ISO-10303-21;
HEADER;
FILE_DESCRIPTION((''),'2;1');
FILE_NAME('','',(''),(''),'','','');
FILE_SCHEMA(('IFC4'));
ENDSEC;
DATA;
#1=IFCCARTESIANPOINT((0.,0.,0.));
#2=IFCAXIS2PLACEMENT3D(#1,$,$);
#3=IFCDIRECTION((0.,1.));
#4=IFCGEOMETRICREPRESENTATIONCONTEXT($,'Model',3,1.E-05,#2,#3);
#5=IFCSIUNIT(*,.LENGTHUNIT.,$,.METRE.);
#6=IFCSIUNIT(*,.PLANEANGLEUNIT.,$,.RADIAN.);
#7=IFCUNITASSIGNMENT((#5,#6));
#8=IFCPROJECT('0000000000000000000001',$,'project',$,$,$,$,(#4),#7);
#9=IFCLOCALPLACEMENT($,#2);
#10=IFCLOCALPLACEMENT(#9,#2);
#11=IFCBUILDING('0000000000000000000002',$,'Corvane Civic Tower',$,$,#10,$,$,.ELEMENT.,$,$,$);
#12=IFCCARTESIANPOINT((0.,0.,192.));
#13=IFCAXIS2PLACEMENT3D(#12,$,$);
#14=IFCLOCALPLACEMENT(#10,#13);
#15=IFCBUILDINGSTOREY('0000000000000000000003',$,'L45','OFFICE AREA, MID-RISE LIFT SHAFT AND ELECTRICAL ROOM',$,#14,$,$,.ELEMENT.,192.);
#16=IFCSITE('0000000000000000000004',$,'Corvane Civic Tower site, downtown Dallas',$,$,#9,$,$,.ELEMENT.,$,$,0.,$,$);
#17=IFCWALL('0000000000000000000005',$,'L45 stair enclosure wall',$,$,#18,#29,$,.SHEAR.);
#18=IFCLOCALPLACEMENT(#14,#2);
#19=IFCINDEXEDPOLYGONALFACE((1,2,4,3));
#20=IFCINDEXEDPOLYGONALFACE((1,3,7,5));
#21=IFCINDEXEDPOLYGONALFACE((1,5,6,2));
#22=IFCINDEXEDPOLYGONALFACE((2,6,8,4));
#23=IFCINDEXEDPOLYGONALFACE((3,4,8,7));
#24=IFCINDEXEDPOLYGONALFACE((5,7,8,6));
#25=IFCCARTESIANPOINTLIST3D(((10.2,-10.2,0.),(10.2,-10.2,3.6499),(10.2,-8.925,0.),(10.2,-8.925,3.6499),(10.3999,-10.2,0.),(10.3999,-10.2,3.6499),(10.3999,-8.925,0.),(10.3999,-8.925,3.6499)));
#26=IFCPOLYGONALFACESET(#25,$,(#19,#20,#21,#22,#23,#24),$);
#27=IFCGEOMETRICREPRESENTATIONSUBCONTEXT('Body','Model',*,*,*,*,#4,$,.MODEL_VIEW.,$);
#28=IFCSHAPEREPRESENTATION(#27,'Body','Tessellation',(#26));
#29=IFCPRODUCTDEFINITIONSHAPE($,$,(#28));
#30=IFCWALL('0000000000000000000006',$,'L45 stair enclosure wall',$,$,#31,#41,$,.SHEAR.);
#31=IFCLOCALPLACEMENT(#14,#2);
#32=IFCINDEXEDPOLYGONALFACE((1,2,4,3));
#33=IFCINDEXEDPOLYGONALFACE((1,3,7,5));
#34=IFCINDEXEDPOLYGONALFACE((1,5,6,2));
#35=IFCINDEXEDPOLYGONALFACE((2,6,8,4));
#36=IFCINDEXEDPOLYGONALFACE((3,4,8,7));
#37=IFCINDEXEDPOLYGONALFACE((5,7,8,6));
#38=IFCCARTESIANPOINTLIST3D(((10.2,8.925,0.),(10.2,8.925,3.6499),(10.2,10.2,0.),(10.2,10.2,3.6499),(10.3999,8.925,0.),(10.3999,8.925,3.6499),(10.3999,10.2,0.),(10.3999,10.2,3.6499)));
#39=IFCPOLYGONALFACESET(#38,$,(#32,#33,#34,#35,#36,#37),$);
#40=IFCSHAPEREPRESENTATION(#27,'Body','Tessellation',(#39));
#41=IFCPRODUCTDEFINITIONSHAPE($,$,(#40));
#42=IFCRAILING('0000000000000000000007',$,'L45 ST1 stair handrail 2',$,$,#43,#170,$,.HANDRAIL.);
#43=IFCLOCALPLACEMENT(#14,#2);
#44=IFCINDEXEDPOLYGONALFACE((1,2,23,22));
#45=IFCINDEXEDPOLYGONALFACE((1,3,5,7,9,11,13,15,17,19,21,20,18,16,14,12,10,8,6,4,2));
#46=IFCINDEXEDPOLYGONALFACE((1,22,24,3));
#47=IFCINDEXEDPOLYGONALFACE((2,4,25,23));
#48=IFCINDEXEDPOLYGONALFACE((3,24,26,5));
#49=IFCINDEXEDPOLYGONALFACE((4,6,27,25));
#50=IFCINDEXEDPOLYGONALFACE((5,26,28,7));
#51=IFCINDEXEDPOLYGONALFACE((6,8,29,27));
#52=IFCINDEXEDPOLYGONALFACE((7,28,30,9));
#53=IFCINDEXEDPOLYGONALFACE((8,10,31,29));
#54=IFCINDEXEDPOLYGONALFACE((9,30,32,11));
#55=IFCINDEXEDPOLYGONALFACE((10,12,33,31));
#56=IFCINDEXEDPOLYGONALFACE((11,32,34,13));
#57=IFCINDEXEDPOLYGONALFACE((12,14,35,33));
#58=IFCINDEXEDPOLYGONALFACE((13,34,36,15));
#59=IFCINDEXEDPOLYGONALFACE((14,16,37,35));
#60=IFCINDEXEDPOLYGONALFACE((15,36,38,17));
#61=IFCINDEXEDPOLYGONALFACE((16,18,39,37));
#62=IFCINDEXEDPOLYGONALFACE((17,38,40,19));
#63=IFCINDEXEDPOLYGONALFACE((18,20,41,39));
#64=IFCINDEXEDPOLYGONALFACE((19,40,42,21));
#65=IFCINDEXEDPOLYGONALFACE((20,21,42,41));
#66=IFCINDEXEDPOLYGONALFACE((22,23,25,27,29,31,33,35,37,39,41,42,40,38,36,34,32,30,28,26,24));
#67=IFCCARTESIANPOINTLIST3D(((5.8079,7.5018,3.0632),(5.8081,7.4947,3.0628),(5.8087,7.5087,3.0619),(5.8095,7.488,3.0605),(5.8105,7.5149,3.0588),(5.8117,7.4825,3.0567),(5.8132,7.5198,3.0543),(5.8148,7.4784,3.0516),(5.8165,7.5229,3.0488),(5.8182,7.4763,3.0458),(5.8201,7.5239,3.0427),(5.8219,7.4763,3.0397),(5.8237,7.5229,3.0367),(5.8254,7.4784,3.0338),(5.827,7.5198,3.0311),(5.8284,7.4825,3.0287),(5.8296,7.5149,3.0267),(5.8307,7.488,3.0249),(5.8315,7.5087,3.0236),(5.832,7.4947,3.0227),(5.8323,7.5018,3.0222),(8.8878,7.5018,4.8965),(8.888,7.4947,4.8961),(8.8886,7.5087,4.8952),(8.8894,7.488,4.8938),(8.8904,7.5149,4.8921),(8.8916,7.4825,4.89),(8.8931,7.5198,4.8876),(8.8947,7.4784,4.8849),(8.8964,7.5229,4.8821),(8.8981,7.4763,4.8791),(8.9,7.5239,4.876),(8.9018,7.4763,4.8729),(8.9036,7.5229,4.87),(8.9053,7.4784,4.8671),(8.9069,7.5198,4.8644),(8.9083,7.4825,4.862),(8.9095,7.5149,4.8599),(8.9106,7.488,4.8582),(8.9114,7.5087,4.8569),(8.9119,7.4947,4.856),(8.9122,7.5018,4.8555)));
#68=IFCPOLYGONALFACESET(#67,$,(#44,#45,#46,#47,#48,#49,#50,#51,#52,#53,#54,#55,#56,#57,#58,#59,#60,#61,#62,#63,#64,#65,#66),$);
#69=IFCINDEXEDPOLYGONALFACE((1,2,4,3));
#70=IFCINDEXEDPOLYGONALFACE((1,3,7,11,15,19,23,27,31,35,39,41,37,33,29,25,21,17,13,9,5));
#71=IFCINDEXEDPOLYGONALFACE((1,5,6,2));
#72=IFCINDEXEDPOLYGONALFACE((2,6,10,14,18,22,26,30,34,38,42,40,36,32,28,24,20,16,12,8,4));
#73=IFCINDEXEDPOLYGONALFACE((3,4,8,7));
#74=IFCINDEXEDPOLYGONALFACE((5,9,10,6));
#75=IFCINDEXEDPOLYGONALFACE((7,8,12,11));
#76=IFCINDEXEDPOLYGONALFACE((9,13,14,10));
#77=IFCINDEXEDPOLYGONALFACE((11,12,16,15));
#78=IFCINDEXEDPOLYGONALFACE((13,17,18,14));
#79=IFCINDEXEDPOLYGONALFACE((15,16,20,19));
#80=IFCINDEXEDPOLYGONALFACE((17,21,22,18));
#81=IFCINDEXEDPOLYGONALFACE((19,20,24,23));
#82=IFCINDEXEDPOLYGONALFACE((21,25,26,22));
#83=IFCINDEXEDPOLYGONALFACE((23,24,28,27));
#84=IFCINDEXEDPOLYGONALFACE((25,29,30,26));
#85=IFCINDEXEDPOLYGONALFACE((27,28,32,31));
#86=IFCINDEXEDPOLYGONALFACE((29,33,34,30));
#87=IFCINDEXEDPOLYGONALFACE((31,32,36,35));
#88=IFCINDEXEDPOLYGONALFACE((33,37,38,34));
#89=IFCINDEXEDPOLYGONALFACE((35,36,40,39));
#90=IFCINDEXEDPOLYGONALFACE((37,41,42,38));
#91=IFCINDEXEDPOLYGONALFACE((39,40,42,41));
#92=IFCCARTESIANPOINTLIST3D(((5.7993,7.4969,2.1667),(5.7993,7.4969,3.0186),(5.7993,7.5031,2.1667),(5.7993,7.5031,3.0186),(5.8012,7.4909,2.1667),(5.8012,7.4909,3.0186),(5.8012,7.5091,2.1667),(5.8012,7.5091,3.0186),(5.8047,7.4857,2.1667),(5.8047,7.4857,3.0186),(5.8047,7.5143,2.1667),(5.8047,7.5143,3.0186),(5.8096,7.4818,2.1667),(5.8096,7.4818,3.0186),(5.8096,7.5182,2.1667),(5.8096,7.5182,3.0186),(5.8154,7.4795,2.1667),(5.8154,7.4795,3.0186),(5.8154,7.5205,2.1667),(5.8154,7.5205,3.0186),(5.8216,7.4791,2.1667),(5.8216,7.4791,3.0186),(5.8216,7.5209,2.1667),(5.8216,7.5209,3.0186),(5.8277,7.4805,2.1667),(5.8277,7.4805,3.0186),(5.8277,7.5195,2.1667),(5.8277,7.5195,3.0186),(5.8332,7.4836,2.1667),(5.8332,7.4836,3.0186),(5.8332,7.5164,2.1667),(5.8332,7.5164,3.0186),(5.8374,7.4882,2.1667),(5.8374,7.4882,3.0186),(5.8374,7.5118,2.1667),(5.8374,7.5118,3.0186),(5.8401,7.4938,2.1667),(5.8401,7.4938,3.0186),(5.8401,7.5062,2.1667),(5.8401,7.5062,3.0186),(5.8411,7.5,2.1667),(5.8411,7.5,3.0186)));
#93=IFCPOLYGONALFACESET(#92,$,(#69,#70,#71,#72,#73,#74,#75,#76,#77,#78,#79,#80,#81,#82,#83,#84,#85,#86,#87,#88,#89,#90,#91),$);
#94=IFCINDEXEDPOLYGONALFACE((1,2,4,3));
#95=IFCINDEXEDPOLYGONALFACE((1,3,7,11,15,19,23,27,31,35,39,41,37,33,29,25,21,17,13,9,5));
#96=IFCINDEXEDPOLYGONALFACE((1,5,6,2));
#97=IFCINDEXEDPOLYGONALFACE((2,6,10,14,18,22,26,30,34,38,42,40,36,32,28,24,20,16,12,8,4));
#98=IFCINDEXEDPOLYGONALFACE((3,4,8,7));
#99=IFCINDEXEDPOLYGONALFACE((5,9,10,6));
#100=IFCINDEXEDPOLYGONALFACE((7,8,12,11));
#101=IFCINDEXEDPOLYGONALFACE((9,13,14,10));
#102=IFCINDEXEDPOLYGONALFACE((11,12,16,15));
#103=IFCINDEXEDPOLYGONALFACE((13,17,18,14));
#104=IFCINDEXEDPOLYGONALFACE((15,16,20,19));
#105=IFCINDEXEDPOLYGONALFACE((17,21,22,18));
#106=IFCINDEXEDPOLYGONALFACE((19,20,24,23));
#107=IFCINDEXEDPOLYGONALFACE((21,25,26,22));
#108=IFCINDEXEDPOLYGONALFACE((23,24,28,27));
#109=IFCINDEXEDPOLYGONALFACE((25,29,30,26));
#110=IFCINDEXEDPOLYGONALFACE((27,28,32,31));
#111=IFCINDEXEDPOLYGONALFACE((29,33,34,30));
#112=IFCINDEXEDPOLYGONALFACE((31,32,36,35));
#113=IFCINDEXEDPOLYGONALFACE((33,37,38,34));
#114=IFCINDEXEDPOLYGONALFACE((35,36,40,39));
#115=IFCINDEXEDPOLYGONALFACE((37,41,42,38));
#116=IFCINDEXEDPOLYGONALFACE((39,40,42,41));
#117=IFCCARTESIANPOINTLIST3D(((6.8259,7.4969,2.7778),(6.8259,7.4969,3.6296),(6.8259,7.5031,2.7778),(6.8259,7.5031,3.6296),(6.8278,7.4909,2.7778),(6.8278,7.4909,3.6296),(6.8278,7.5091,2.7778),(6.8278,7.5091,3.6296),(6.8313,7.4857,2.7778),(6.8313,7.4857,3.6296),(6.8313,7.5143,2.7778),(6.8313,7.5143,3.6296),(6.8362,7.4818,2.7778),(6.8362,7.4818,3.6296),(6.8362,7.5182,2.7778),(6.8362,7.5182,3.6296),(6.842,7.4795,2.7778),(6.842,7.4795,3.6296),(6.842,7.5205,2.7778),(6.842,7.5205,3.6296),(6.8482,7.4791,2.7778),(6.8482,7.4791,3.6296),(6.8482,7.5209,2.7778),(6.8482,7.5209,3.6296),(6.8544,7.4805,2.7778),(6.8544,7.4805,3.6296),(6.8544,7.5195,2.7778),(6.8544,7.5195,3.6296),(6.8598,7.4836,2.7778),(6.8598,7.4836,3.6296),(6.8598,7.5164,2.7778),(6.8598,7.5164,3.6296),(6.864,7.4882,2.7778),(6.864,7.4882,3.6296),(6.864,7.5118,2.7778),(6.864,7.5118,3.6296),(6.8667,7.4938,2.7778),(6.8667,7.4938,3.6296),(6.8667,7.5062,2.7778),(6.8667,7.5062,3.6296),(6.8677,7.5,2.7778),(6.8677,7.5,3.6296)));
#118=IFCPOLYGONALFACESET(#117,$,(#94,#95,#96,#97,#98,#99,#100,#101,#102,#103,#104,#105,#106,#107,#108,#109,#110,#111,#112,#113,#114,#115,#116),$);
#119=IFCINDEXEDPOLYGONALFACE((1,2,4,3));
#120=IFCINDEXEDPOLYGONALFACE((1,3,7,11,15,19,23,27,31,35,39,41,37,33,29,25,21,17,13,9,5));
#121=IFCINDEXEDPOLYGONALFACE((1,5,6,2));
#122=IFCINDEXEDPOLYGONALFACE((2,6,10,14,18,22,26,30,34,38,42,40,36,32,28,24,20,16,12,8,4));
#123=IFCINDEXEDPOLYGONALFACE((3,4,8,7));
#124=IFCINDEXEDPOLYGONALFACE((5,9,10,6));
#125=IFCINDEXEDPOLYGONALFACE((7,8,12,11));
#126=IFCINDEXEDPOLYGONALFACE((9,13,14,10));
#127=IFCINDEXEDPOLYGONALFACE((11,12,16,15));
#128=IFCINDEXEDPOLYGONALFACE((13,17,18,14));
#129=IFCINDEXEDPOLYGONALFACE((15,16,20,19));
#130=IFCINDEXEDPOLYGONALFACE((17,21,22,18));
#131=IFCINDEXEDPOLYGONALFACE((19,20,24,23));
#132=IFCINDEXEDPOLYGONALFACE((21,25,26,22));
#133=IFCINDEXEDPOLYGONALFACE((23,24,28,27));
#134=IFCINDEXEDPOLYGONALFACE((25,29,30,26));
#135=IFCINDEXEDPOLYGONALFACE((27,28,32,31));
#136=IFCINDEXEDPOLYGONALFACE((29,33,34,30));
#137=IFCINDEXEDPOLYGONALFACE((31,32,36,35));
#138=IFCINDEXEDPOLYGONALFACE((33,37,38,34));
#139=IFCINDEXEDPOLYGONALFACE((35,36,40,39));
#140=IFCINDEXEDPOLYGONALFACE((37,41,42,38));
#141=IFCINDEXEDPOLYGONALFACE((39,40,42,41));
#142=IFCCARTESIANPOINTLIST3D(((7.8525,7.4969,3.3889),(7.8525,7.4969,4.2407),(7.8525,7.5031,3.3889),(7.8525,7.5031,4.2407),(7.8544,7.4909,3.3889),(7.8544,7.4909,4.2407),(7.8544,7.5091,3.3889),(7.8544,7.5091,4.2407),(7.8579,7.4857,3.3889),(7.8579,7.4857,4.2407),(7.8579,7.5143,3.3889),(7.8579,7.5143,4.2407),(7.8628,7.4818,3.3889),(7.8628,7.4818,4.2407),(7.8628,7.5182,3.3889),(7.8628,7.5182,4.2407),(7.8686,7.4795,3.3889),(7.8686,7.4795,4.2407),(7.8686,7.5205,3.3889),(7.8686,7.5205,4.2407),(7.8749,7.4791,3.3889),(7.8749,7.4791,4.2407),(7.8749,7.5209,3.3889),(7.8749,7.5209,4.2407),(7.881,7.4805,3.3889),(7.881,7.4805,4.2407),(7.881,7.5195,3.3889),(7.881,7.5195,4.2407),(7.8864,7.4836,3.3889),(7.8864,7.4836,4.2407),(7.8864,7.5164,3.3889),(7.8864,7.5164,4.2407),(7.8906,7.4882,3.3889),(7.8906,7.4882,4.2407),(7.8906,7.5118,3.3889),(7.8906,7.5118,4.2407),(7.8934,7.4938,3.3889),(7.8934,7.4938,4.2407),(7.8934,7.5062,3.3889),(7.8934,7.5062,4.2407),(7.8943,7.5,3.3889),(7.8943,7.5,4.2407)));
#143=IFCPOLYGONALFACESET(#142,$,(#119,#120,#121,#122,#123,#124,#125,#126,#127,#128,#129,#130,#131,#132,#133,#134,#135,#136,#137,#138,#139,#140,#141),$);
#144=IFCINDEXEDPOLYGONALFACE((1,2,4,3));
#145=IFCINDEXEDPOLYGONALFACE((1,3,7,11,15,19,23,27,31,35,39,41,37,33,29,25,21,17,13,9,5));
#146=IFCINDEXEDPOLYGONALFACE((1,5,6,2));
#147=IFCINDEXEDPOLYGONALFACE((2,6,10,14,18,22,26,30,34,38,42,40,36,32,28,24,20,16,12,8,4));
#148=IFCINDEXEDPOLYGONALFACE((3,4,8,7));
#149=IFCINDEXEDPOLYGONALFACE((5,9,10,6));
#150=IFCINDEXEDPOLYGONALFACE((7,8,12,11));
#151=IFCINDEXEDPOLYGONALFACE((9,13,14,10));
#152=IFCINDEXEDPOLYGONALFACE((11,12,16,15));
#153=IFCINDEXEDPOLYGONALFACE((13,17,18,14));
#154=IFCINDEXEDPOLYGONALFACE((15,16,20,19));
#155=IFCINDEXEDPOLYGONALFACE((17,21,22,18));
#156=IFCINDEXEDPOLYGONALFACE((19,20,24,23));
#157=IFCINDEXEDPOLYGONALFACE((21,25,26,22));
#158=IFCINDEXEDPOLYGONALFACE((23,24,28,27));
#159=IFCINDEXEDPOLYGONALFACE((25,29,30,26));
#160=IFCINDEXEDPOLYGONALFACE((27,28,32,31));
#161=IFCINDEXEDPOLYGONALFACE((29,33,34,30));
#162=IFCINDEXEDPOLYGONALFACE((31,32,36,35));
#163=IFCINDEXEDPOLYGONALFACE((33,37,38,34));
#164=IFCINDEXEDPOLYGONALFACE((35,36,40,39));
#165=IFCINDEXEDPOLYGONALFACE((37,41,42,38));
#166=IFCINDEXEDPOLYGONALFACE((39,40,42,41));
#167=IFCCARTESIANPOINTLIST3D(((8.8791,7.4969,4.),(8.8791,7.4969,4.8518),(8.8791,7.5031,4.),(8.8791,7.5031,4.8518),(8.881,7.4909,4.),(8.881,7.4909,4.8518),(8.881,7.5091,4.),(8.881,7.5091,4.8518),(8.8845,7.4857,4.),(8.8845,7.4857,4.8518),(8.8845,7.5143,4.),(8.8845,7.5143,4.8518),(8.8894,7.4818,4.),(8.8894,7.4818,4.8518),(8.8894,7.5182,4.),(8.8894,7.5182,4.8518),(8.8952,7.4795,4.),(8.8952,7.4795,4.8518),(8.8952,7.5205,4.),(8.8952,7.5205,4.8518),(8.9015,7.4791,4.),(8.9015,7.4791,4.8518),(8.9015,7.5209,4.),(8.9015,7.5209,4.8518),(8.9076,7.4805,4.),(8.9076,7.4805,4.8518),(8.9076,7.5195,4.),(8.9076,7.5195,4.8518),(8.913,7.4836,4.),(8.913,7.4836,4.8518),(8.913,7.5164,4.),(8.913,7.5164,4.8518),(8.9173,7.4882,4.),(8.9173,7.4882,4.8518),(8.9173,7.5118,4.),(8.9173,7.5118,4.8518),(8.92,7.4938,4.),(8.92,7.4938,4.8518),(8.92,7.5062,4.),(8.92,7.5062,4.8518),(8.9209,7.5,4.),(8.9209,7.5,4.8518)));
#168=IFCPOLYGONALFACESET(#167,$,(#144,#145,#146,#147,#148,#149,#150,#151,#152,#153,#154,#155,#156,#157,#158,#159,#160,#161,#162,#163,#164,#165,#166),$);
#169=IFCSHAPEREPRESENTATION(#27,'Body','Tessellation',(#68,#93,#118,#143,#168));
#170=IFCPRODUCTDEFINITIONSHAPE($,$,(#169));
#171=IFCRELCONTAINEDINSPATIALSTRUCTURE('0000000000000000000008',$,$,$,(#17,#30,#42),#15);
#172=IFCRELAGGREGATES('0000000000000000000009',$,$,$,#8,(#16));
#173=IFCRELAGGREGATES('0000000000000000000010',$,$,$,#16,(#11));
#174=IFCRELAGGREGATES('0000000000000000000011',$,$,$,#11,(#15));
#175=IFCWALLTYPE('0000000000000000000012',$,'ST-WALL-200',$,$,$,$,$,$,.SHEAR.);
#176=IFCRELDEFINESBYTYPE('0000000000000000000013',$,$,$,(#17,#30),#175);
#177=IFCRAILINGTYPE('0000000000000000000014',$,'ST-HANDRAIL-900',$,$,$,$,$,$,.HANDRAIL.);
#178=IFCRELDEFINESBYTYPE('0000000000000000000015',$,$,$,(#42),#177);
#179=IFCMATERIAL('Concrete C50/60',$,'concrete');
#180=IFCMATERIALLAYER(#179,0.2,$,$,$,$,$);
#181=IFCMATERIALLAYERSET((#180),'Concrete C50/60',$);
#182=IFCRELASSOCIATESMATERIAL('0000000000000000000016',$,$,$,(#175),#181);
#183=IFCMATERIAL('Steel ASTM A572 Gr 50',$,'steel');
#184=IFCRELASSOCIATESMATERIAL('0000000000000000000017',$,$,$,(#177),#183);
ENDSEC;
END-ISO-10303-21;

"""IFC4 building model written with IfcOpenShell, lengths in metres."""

from ifc_helpers import new_model, si_unit, direction, frame, origin, origin_2d, place, context, subcontext, project, spatial, polyline, circle, outline, extrude, material, layer, layer_set, type_object, element, save


model = new_model("IFC4")

# Units and contexts
model_context = context("Model", 3, precision=1e-05, world=origin(), true_north=direction((0.0, 1.0)))
body_context = subcontext(model_context, "Body", "Model", "MODEL_VIEW")
ifc_project = project(units=[si_unit("LENGTHUNIT", "METRE"), si_unit("PLANEANGLEUNIT", "RADIAN")], contexts=[model_context])

# Site, building, storey
site_placement = place(None, origin())
site = spatial("IfcSite", under=ifc_project, at=site_placement, Name="Corvane Civic Tower site, downtown Dallas", CompositionType="ELEMENT", RefElevation=0.0)
building_placement = place(site_placement, origin())
building = spatial("IfcBuilding", under=site, at=building_placement, Name="Corvane Civic Tower", CompositionType="ELEMENT")
storey_placement = place(building_placement, frame((0.0, 0.0, 192.0)))
storey = spatial("IfcBuildingStorey", under=building, at=storey_placement, Name="L45", Description="OFFICE AREA, MID-RISE LIFT SHAFT AND ELECTRICAL ROOM", CompositionType="ELEMENT", Elevation=192.0)

# Shared definitions
ifc_material_1 = material(Name="Concrete C50/60", Category="concrete")
ifc_layer = layer(ifc_material_1, 0.2)
ifc_layer_set = layer_set([ifc_layer], Name="Concrete C50/60")
wall_type = type_object("IfcWallType", Name="ST-WALL-200", PredefinedType="SHEAR", material=ifc_layer_set)

# Walls
wall_1_placement = place(storey_placement, origin())
element("IfcWall", 1, at=wall_1_placement, inside=storey, type_object=wall_type, Name="L45 stair enclosure wall", PredefinedType="SHEAR", context=body_context, shape_type="SweptSolid", body=[
    extrude(outline(polyline([(10.3999, -8.925), (10.3999, -10.2), (10.2, -10.2), (10.2, -8.925), (10.3999, -8.925)])), origin(), (0.0, 0.0, 1.0), 3.6499),
])
wall_2_placement = place(storey_placement, origin())
element("IfcWall", 2, at=wall_2_placement, inside=storey, type_object=wall_type, Name="L45 stair enclosure wall", PredefinedType="SHEAR", context=body_context, shape_type="SweptSolid", body=[
    extrude(outline(polyline([(10.3999, 8.925), (10.2, 8.925), (10.2, 10.2), (10.3999, 10.2), (10.3999, 8.925)])), origin(), (0.0, 0.0, 1.0), 3.6499),
])

# Railing
ifc_material_2 = material(Name="Steel ASTM A572 Gr 50", Category="steel")
railing_type = type_object("IfcRailingType", Name="ST-HANDRAIL-900", PredefinedType="HANDRAIL", material=ifc_material_2)
railing_placement = place(storey_placement, frame((5.8201, 7.5, 2.1667)))
element("IfcRailing", 3, at=railing_placement, inside=storey, type_object=railing_type, Name="L45 ST1 stair handrail 2", PredefinedType="HANDRAIL", context=body_context, shape_type="SweptSolid", body=[
    extrude(circle(Radius=0.0239, at=origin_2d()), frame((0.0, 0.0, 0.876), z_axis=(0.859291, 0.0, 0.511487), x_axis=(0.0, 1.0, 0.0)), (0.0, 0.0, 1.0), 3.5842),
    extrude(circle(Radius=0.021, at=origin_2d()), origin(), (0.0, 0.0, 1.0), 0.8518),
    extrude(circle(Radius=0.021, at=origin_2d()), frame((1.0266, 0.0, 0.6111)), (0.0, 0.0, 1.0), 0.8518),
    extrude(circle(Radius=0.021, at=origin_2d()), frame((2.0532, 0.0, 1.2222)), (0.0, 0.0, 1.0), 0.8518),
    extrude(circle(Radius=0.021, at=origin_2d()), frame((3.0798, 0.0, 1.8333)), (0.0, 0.0, 1.0), 0.8518),
])

save(model, "model.ifc")
